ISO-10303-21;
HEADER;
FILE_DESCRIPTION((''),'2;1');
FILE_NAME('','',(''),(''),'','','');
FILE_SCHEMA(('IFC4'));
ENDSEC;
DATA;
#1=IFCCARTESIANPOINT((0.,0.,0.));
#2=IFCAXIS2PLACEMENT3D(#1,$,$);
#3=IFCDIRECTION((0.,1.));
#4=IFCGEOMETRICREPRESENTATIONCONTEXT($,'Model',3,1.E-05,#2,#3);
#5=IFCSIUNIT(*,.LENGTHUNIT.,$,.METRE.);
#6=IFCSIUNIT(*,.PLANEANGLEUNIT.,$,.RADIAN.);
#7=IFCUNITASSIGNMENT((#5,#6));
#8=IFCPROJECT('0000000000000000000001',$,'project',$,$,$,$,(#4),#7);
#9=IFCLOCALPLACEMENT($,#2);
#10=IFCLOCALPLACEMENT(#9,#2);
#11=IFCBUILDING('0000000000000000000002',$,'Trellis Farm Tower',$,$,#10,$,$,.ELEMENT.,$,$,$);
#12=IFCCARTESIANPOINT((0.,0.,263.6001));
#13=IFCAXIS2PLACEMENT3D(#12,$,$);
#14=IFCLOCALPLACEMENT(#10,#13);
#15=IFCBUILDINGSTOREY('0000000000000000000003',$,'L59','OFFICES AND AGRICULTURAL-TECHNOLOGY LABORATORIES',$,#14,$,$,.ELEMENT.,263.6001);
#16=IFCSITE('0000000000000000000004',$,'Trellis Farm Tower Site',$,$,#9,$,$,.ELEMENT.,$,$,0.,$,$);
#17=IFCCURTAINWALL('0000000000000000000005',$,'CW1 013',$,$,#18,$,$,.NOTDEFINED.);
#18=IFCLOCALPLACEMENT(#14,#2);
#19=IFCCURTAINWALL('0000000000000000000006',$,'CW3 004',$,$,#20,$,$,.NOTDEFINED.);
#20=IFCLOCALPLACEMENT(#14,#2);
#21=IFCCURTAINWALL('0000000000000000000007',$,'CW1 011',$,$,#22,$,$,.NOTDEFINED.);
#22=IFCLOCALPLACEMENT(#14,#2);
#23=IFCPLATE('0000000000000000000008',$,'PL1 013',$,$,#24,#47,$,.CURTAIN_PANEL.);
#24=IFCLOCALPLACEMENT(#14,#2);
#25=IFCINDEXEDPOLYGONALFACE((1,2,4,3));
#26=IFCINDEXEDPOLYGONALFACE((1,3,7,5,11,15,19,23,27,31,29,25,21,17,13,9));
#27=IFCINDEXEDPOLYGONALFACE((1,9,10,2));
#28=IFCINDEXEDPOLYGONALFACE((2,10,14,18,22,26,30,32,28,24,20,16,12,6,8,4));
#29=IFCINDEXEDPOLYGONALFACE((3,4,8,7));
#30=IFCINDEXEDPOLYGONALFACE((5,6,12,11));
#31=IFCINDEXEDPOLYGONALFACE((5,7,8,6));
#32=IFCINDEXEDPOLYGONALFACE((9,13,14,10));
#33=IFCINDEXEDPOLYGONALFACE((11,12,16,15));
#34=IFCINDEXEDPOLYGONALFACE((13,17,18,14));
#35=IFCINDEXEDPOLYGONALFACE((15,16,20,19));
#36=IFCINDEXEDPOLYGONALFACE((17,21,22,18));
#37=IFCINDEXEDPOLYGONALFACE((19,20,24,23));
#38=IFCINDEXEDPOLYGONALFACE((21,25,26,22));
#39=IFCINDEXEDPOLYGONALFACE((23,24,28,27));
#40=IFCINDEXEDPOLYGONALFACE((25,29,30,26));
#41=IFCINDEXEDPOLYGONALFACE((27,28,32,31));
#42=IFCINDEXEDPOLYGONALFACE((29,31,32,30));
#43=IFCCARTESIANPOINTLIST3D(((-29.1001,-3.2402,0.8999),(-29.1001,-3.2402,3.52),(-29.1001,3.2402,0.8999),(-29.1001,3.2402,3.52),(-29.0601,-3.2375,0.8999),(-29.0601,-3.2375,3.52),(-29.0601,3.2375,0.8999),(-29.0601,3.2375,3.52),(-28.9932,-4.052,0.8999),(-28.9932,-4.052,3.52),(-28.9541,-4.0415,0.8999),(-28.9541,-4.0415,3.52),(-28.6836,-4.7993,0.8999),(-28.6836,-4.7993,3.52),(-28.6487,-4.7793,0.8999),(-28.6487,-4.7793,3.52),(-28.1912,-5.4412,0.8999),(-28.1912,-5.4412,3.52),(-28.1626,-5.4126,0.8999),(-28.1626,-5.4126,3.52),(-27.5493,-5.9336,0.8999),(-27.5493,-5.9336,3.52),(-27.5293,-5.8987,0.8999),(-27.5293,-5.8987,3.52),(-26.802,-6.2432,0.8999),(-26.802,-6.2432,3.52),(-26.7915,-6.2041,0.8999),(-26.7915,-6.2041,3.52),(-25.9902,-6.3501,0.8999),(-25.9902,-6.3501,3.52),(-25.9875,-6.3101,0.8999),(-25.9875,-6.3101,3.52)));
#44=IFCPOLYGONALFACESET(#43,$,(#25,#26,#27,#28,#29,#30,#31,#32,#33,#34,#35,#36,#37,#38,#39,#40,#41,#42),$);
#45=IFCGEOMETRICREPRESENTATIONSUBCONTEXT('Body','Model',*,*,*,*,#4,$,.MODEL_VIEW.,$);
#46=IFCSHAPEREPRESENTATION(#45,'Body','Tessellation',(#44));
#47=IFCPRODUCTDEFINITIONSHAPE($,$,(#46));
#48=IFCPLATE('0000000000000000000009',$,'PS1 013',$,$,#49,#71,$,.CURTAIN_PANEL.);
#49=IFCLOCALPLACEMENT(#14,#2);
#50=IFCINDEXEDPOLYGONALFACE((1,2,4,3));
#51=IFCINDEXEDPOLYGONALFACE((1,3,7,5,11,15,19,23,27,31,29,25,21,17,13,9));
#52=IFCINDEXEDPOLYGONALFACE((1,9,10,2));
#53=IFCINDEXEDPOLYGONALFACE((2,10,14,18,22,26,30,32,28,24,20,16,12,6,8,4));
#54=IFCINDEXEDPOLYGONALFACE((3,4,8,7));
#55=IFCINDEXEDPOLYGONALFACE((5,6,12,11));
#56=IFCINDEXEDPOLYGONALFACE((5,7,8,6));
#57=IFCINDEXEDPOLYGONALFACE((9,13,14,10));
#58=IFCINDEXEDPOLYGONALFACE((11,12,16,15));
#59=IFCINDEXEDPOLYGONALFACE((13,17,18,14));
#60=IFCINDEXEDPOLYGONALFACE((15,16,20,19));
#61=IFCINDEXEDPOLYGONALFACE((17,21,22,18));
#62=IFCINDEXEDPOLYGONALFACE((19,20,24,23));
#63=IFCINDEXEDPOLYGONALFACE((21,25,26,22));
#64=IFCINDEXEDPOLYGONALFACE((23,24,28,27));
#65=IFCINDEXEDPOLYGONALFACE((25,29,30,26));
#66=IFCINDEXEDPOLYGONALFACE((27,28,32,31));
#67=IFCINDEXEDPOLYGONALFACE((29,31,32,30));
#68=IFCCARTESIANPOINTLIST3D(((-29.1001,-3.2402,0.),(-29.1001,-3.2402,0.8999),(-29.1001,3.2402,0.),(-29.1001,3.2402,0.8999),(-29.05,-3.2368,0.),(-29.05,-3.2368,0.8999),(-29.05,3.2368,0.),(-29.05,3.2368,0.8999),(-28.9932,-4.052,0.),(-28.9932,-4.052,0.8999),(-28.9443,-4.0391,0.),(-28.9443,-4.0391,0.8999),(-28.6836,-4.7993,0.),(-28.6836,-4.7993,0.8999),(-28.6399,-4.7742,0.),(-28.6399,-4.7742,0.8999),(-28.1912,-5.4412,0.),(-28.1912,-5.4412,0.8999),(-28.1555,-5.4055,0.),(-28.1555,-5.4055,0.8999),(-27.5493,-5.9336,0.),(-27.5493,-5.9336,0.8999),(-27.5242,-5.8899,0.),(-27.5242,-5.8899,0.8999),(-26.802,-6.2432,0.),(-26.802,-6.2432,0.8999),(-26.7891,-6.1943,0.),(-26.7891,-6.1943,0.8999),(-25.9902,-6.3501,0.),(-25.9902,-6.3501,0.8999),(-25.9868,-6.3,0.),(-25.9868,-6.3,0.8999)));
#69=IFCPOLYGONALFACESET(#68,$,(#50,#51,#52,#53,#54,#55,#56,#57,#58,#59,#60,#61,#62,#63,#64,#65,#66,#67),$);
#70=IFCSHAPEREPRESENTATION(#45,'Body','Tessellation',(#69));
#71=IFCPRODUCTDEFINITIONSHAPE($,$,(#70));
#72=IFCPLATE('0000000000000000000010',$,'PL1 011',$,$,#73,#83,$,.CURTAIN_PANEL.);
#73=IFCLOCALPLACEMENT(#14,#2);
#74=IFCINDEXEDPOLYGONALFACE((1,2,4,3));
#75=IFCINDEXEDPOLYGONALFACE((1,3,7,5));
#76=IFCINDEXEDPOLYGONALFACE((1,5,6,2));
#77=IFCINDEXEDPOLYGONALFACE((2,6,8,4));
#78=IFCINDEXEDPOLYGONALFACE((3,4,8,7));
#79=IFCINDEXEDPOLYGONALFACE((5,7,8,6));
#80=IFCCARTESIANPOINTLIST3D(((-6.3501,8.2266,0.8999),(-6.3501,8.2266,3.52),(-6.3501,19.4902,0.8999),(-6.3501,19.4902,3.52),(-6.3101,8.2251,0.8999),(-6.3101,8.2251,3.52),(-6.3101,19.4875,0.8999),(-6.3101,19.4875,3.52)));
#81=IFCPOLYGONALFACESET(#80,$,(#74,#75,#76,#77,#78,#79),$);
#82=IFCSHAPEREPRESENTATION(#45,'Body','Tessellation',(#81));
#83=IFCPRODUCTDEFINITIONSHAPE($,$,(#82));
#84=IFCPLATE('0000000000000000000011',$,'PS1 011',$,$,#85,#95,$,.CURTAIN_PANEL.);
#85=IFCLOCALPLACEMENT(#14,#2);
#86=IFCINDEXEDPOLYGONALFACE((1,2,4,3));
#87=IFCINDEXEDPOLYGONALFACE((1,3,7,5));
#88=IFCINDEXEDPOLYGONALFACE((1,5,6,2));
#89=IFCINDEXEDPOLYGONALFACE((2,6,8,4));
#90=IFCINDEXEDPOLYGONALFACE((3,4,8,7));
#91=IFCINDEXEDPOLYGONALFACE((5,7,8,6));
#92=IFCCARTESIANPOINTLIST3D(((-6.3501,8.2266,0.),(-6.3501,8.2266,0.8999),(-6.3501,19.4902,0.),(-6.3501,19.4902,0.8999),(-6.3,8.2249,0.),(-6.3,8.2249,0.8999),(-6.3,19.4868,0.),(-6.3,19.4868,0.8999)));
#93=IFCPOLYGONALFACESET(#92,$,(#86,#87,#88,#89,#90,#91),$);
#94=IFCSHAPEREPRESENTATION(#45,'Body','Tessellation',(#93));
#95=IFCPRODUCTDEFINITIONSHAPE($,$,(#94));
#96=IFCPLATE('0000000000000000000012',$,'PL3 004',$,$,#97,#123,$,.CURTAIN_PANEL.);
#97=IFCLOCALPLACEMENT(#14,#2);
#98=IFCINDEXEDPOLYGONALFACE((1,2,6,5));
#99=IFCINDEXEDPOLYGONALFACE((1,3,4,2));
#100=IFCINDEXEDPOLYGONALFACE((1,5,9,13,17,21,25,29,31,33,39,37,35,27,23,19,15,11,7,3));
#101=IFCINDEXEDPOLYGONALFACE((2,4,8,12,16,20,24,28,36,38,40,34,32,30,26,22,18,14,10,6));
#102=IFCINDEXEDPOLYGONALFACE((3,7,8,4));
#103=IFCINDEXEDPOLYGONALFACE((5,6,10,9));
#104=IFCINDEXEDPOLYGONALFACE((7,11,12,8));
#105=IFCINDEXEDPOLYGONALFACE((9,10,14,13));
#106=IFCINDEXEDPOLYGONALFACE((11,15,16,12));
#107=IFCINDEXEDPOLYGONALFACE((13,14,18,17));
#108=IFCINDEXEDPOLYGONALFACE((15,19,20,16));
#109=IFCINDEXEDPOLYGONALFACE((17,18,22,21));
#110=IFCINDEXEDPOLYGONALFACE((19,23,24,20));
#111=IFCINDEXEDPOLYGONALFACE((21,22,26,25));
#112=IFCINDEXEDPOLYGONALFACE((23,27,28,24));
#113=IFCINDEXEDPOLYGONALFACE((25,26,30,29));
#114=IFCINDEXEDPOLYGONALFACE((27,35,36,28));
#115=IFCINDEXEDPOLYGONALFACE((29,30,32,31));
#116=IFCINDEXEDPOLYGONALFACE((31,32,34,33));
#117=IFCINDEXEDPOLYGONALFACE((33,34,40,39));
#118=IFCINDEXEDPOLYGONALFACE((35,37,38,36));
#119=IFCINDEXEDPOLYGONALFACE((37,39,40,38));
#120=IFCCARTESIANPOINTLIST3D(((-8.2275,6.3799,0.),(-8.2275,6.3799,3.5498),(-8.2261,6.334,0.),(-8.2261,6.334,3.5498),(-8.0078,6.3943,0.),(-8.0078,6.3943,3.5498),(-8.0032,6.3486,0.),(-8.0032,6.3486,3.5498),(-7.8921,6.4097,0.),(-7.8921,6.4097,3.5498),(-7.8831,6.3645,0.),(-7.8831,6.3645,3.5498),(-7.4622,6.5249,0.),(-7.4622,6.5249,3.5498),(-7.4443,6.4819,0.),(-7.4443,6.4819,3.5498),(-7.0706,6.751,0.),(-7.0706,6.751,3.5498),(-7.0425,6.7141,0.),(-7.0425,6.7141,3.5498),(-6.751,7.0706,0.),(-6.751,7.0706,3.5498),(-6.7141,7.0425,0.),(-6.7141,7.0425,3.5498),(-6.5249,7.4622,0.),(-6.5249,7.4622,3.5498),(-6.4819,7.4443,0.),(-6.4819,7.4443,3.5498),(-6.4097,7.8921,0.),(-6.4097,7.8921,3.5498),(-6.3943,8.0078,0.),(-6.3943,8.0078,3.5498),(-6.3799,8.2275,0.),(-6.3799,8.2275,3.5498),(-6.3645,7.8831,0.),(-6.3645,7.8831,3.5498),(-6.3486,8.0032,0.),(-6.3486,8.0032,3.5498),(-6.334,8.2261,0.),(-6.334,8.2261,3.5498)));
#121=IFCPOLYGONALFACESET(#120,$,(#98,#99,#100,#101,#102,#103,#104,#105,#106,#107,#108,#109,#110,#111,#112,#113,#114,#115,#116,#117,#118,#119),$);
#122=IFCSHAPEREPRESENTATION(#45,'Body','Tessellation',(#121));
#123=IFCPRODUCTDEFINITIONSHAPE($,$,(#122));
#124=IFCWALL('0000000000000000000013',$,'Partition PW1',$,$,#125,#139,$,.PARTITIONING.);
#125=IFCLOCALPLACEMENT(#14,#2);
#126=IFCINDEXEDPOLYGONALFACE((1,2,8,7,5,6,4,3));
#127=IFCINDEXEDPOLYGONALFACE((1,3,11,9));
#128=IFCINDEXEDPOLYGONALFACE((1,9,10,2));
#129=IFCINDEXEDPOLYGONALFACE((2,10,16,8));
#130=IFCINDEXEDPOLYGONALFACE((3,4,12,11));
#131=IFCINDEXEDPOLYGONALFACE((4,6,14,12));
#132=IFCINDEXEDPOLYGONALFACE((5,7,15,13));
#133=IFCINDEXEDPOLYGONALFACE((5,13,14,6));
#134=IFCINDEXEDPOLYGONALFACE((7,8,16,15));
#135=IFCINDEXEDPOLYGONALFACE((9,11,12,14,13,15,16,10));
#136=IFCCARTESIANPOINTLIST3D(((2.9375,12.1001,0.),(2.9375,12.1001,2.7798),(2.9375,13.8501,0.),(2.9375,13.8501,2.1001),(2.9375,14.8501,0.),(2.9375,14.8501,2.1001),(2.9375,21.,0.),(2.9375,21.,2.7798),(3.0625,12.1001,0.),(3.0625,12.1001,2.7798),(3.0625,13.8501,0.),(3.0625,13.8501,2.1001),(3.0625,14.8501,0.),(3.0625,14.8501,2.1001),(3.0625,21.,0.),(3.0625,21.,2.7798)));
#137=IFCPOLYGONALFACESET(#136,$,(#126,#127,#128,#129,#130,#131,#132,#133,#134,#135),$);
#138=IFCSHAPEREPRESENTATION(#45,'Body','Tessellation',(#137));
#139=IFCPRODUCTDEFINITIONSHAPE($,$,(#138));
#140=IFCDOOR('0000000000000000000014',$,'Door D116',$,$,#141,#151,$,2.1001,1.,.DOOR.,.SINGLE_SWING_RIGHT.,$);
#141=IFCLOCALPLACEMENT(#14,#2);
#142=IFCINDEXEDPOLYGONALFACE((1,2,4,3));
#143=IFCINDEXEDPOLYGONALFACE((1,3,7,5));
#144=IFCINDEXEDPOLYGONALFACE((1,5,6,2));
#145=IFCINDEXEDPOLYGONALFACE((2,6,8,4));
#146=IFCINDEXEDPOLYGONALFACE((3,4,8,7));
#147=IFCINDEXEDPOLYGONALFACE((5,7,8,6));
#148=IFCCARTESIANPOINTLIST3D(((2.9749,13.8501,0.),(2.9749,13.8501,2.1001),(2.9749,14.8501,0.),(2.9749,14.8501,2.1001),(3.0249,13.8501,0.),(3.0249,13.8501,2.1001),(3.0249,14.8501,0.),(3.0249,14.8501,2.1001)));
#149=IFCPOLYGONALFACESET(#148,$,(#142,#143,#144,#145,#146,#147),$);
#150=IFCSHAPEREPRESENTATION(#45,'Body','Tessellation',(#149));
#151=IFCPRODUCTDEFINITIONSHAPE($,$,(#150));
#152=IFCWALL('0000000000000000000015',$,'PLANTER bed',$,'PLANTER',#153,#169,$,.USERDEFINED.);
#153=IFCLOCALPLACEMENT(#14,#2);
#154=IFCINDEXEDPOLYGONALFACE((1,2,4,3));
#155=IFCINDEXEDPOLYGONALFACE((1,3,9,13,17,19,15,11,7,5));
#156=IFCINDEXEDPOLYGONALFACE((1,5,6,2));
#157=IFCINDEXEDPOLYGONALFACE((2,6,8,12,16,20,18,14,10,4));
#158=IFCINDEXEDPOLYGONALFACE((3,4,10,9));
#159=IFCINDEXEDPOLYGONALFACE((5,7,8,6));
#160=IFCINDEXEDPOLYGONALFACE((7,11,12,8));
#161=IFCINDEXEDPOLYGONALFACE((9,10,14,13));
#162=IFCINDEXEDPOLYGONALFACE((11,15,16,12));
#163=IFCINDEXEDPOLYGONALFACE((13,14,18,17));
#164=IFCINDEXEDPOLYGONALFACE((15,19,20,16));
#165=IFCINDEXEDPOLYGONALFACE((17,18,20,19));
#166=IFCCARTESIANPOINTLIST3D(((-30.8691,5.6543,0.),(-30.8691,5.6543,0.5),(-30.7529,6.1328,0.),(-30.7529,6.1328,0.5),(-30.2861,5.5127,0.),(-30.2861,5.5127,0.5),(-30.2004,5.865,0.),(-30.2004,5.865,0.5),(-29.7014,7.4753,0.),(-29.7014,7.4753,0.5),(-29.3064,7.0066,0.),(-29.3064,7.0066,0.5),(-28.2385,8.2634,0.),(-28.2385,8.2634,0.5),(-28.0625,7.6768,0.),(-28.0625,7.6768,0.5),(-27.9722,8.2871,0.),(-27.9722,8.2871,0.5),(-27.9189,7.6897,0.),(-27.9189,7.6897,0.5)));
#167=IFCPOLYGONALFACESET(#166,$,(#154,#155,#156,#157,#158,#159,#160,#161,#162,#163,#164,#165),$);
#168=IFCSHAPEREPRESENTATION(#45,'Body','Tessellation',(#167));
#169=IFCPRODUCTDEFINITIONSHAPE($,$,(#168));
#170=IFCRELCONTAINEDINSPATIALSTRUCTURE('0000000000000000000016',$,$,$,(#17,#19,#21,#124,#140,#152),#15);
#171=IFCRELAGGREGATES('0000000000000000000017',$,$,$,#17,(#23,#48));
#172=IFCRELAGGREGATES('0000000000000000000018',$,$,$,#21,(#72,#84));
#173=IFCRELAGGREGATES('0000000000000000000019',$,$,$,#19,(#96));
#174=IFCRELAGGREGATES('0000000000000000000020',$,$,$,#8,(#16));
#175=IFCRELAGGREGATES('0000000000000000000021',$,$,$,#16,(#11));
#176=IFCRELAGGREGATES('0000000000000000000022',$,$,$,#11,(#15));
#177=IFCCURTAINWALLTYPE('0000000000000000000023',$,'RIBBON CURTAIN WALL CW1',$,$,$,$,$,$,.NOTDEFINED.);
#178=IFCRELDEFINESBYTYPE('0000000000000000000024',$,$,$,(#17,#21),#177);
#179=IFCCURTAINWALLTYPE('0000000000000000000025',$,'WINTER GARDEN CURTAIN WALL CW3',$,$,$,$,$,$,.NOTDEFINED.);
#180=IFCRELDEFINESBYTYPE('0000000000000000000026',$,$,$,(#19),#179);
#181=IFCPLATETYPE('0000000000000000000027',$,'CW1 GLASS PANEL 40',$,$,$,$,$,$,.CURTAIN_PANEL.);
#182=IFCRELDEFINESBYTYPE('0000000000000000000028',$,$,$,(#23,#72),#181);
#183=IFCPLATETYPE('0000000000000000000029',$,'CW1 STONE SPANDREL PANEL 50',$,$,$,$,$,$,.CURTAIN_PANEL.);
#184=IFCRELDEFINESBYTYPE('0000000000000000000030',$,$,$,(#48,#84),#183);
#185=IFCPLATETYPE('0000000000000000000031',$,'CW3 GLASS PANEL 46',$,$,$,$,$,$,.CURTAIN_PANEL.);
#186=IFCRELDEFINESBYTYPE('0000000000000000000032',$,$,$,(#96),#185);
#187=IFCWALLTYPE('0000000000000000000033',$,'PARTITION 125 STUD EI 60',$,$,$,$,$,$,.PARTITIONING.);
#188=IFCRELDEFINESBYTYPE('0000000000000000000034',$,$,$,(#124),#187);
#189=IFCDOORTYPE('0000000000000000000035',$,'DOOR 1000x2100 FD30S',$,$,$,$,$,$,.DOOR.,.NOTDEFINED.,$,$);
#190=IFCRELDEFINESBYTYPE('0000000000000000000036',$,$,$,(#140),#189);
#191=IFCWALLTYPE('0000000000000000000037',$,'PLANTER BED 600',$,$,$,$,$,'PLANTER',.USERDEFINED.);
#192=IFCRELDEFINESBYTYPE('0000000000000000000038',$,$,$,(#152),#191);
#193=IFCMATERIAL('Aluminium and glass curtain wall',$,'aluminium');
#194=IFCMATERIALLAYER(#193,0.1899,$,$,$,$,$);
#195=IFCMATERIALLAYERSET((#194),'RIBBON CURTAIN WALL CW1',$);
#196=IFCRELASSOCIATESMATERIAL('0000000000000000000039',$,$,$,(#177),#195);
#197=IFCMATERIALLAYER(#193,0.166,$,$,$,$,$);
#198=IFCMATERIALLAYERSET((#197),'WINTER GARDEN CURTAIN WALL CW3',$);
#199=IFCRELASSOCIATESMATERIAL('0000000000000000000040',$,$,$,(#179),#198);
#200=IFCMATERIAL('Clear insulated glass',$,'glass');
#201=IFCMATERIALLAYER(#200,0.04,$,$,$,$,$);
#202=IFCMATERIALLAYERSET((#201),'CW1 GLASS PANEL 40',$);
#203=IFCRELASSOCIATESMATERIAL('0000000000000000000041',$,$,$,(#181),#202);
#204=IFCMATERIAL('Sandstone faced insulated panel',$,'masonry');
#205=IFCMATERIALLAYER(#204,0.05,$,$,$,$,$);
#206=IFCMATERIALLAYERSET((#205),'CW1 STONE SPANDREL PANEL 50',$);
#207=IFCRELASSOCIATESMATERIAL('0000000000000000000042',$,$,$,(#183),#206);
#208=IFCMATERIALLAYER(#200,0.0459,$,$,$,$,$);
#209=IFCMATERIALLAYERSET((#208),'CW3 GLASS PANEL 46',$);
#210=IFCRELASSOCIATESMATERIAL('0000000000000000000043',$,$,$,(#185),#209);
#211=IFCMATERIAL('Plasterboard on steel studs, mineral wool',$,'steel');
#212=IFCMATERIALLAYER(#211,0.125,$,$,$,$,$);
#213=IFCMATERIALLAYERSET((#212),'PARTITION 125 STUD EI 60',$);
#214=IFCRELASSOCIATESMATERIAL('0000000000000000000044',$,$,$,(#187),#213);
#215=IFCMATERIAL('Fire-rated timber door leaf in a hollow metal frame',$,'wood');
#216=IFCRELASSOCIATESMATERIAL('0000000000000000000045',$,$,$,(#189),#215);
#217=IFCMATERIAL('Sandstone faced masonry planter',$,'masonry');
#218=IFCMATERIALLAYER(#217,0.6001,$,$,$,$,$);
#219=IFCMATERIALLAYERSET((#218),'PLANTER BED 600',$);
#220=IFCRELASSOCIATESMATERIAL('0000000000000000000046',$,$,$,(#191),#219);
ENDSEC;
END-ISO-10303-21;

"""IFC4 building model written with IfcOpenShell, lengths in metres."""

from ifc_helpers import new_model, si_unit, direction, frame, frame_2d, origin, place, context, subcontext, project, spatial, polyline, rectangle, outline, extrude, source, transform, mapped, material, layer, layer_set, type_object, element, fill, aggregate, save


model = new_model("IFC4")

# Units and contexts
model_context = context("Model", 3, precision=1e-05, world=origin(), true_north=direction((0.0, 1.0)))
body_context = subcontext(model_context, "Body", "Model", "MODEL_VIEW")
ifc_project = project(units=[si_unit("LENGTHUNIT", "METRE"), si_unit("PLANEANGLEUNIT", "RADIAN")], contexts=[model_context])

# Site, building, storey
site_placement = place(None, origin())
site = spatial("IfcSite", under=ifc_project, at=site_placement, Name="Trellis Farm Tower Site", CompositionType="ELEMENT", RefElevation=0.0)
building_placement = place(site_placement, origin())
building = spatial("IfcBuilding", under=site, at=building_placement, Name="Trellis Farm Tower", CompositionType="ELEMENT")
storey_placement = place(building_placement, frame((0.0, 0.0, 263.6001)))
storey = spatial("IfcBuildingStorey", under=building, at=storey_placement, Name="L59", Description="OFFICES AND AGRICULTURAL-TECHNOLOGY LABORATORIES", CompositionType="ELEMENT", Elevation=263.6001)

# Curtain walls
ifc_material_1 = material(Name="Aluminium and glass curtain wall", Category="aluminium")
ifc_layer_1 = layer(ifc_material_1, 0.1899)
ifc_layer_set_1 = layer_set([ifc_layer_1], Name="RIBBON CURTAIN WALL CW1")
curtain_wall_type_1 = type_object("IfcCurtainWallType", Name="RIBBON CURTAIN WALL CW1", PredefinedType="NOTDEFINED", material=ifc_layer_set_1)
placement_1 = place(storey_placement, origin())
curtain_wall_1 = element("IfcCurtainWall", 1, at=placement_1, inside=storey, type_object=curtain_wall_type_1, Name="CW1 013", PredefinedType="NOTDEFINED")
ifc_layer_2 = layer(ifc_material_1, 0.166)
ifc_layer_set_2 = layer_set([ifc_layer_2], Name="WINTER GARDEN CURTAIN WALL CW3")
curtain_wall_type_2 = type_object("IfcCurtainWallType", Name="WINTER GARDEN CURTAIN WALL CW3", PredefinedType="NOTDEFINED", material=ifc_layer_set_2)
curtain_wall_2 = element("IfcCurtainWall", 2, at=placement_1, inside=storey, type_object=curtain_wall_type_2, Name="CW3 004", PredefinedType="NOTDEFINED")
curtain_wall_3 = element("IfcCurtainWall", 3, at=placement_1, inside=storey, type_object=curtain_wall_type_1, Name="CW1 011", PredefinedType="NOTDEFINED")

# Plates
ifc_material_2 = material(Name="Clear insulated glass", Category="glass")
ifc_layer_3 = layer(ifc_material_2, 0.04)
ifc_layer_set_3 = layer_set([ifc_layer_3], Name="CW1 GLASS PANEL 40")
plate_type_1 = type_object("IfcPlateType", Name="CW1 GLASS PANEL 40", PredefinedType="CURTAIN_PANEL", material=ifc_layer_set_3)
placement_2 = place(storey_placement, frame((0.0, 0.0, 0.8999)))
ifc_material_3 = material(Name="Sandstone faced insulated panel", Category="masonry")
ifc_layer_4 = layer(ifc_material_3, 0.05)
ifc_layer_set_4 = layer_set([ifc_layer_4], Name="CW1 STONE SPANDREL PANEL 50")
plate_type_2 = type_object("IfcPlateType", Name="CW1 STONE SPANDREL PANEL 50", PredefinedType="CURTAIN_PANEL", material=ifc_layer_set_4)
shared_shape_1 = source(origin(), body_context, "Body", "SweptSolid", [
    extrude(outline(polyline([(-29.1001, 3.2402), (-29.1001, -3.2402), (-28.9932, -4.052), (-28.6836, -4.7993), (-28.1912, -5.4412), (-27.5493, -5.9336), (-26.802, -6.2432), (-25.9902, -6.3501), (-25.9875, -6.3101), (-26.7915, -6.2041), (-27.5293, -5.8987), (-28.1626, -5.4126), (-28.6487, -4.7793), (-28.9541, -4.0415), (-29.0601, -3.2375), (-29.0601, 3.2375), (-29.1001, 3.2402)])), origin(), (0.0, 0.0, 1.0), 2.6201),
])
plate_1 = element("IfcPlate", 4, at=placement_2, type_object=plate_type_1, Name="PL1 013", PredefinedType="CURTAIN_PANEL", context=body_context, shape_type="MappedRepresentation", body=[
    mapped(shared_shape_1, transform((0.0, 0.0, 0.0))),
])
shared_shape_2 = source(origin(), body_context, "Body", "SweptSolid", [
    extrude(outline(polyline([(-29.1001, 3.2402), (-29.1001, -3.2402), (-28.9932, -4.052), (-28.6836, -4.7993), (-28.1912, -5.4412), (-27.5493, -5.9336), (-26.802, -6.2432), (-25.9902, -6.3501), (-25.9868, -6.3), (-26.7891, -6.1943), (-27.5242, -5.8899), (-28.1555, -5.4055), (-28.6399, -4.7742), (-28.9443, -4.0391), (-29.05, -3.2368), (-29.05, 3.2368), (-29.1001, 3.2402)])), origin(), (0.0, 0.0, 1.0), 0.8999),
])
plate_2 = element("IfcPlate", 5, at=placement_1, type_object=plate_type_2, Name="PS1 013", PredefinedType="CURTAIN_PANEL", context=body_context, shape_type="MappedRepresentation", body=[
    mapped(shared_shape_2, transform((0.0, 0.0, 0.0))),
])
aggregate(curtain_wall_1, [plate_1, plate_2])
shared_shape_3 = source(origin(), body_context, "Body", "SweptSolid", [
    extrude(outline(polyline([(-6.3501, 19.4902), (-6.3501, 8.2266), (-6.3101, 8.2251), (-6.3101, 19.4875), (-6.3501, 19.4902)])), origin(), (0.0, 0.0, 1.0), 2.6201),
])
plate_3 = element("IfcPlate", 6, at=placement_2, type_object=plate_type_1, Name="PL1 011", PredefinedType="CURTAIN_PANEL", context=body_context, shape_type="MappedRepresentation", body=[
    mapped(shared_shape_3, transform((0.0, 0.0, 0.0))),
])
shared_shape_4 = source(origin(), body_context, "Body", "SweptSolid", [
    extrude(outline(polyline([(-6.3501, 19.4902), (-6.3501, 8.2266), (-6.3, 8.2249), (-6.3, 19.4868), (-6.3501, 19.4902)])), origin(), (0.0, 0.0, 1.0), 0.8999),
])
plate_4 = element("IfcPlate", 7, at=placement_1, type_object=plate_type_2, Name="PS1 011", PredefinedType="CURTAIN_PANEL", context=body_context, shape_type="MappedRepresentation", body=[
    mapped(shared_shape_4, transform((0.0, 0.0, 0.0))),
])
aggregate(curtain_wall_3, [plate_3, plate_4])
ifc_layer_5 = layer(ifc_material_2, 0.0459)
ifc_layer_set_5 = layer_set([ifc_layer_5], Name="CW3 GLASS PANEL 46")
plate_type_3 = type_object("IfcPlateType", Name="CW3 GLASS PANEL 46", PredefinedType="CURTAIN_PANEL", material=ifc_layer_set_5)
shared_shape_5 = source(origin(), body_context, "Body", "SweptSolid", [
    extrude(outline(polyline([(-6.3799, 8.2275), (-6.3943, 8.0078), (-6.4097, 7.8921), (-6.5249, 7.4622), (-6.751, 7.0706), (-7.0706, 6.751), (-7.4622, 6.5249), (-7.8921, 6.4097), (-8.0078, 6.3943), (-8.2275, 6.3799), (-8.2261, 6.334), (-8.0032, 6.3486), (-7.8831, 6.3645), (-7.4443, 6.4819), (-7.0425, 6.7141), (-6.7141, 7.0425), (-6.4819, 7.4443), (-6.3645, 7.8831), (-6.3486, 8.0032), (-6.334, 8.2261), (-6.3799, 8.2275)])), origin(), (0.0, 0.0, 1.0), 3.5498),
])
plate_5 = element("IfcPlate", 8, at=placement_1, type_object=plate_type_3, Name="PL3 004", PredefinedType="CURTAIN_PANEL", context=body_context, shape_type="MappedRepresentation", body=[
    mapped(shared_shape_5, transform((0.0, 0.0, 0.0))),
])
aggregate(curtain_wall_2, [plate_5])

# Wall, opening, door
ifc_material_4 = material(Name="Plasterboard on steel studs, mineral wool", Category="steel")
ifc_layer_6 = layer(ifc_material_4, 0.125)
ifc_layer_set_6 = layer_set([ifc_layer_6], Name="PARTITION 125 STUD EI 60")
wall_type_1 = type_object("IfcWallType", Name="PARTITION 125 STUD EI 60", PredefinedType="PARTITIONING", material=ifc_layer_set_6)
wall_1_placement = place(storey_placement, frame((3.0, 21.0, 0.0), z_axis=(0.0, 0.0, 1.0), x_axis=(0.0, -1.0, 0.0)))
wall_1 = element("IfcWall", 9, at=wall_1_placement, inside=storey, type_object=wall_type_1, Name="Partition PW1", PredefinedType="PARTITIONING", context=body_context, shape_type="SweptSolid", body=[
    extrude(rectangle(XDim=8.8999, YDim=0.125, at=frame_2d((4.45, 0.0))), origin(), (0.0, 0.0, 1.0), 2.7798),
])
shared_shape_6 = source(origin(), body_context, "Body", "SweptSolid", [
    extrude(rectangle(XDim=1.0, YDim=2.1001, at=frame_2d((0.5, 1.05))), frame((0.0, 0.0725, 0.0), z_axis=(0.0, -1.0, 0.0), x_axis=(1.0, 0.0, 0.0)), (0.0, 0.0, 1.0), 0.145),
])
opening_1_placement = place(wall_1_placement, frame((6.1499, 0.0, 0.0)))
opening_1 = element("IfcOpeningElement", 10, at=opening_1_placement, cuts=wall_1, PredefinedType="OPENING", context=body_context, shape_type="MappedRepresentation", body=[
    mapped(shared_shape_6, transform((0.0, 0.0, 0.0))),
])
ifc_material_5 = material(Name="Fire-rated timber door leaf in a hollow metal frame", Category="wood")
door_type = type_object("IfcDoorType", Name="DOOR 1000x2100 FD30S", OperationType="NOTDEFINED", PredefinedType="DOOR", material=ifc_material_5)
shared_shape_7 = source(origin(), body_context, "Body", "SweptSolid", [
    extrude(rectangle(XDim=1.0, YDim=2.1001, at=frame_2d((0.5, 1.05))), frame((0.0, 0.0249, 0.0), z_axis=(0.0, -1.0, 0.0), x_axis=(1.0, 0.0, 0.0)), (0.0, 0.0, 1.0), 0.05),
])
door_1_placement = place(opening_1_placement, origin())
door_1 = element("IfcDoor", 11, at=door_1_placement, inside=storey, type_object=door_type, Name="Door D116", OperationType="SINGLE_SWING_RIGHT", OverallHeight=2.1001, OverallWidth=1.0, PredefinedType="DOOR", context=body_context, shape_type="MappedRepresentation", body=[
    mapped(shared_shape_7, transform((0.0, 0.0, 0.0))),
])
fill(opening_1, door_1)

# Wall
ifc_material_6 = material(Name="Sandstone faced masonry planter", Category="masonry")
ifc_layer_7 = layer(ifc_material_6, 0.6001)
ifc_layer_set_7 = layer_set([ifc_layer_7], Name="PLANTER BED 600")
wall_type_2 = type_object("IfcWallType", Name="PLANTER BED 600", ElementType="PLANTER", PredefinedType="USERDEFINED", material=ifc_layer_set_7)
element("IfcWall", 12, at=placement_1, inside=storey, type_object=wall_type_2, Name="PLANTER bed", ObjectType="PLANTER", PredefinedType="USERDEFINED", context=body_context, shape_type="SweptSolid", body=[
    extrude(outline(polyline([(-30.7529, 6.1328), (-29.7014, 7.4753), (-28.2385, 8.2634), (-27.9722, 8.2871), (-27.9189, 7.6897), (-28.0625, 7.6768), (-29.3064, 7.0066), (-30.2004, 5.865), (-30.2861, 5.5127), (-30.8691, 5.6543), (-30.7529, 6.1328)])), origin(), (0.0, 0.0, 1.0), 0.5),
])

save(model, "model.ifc")
